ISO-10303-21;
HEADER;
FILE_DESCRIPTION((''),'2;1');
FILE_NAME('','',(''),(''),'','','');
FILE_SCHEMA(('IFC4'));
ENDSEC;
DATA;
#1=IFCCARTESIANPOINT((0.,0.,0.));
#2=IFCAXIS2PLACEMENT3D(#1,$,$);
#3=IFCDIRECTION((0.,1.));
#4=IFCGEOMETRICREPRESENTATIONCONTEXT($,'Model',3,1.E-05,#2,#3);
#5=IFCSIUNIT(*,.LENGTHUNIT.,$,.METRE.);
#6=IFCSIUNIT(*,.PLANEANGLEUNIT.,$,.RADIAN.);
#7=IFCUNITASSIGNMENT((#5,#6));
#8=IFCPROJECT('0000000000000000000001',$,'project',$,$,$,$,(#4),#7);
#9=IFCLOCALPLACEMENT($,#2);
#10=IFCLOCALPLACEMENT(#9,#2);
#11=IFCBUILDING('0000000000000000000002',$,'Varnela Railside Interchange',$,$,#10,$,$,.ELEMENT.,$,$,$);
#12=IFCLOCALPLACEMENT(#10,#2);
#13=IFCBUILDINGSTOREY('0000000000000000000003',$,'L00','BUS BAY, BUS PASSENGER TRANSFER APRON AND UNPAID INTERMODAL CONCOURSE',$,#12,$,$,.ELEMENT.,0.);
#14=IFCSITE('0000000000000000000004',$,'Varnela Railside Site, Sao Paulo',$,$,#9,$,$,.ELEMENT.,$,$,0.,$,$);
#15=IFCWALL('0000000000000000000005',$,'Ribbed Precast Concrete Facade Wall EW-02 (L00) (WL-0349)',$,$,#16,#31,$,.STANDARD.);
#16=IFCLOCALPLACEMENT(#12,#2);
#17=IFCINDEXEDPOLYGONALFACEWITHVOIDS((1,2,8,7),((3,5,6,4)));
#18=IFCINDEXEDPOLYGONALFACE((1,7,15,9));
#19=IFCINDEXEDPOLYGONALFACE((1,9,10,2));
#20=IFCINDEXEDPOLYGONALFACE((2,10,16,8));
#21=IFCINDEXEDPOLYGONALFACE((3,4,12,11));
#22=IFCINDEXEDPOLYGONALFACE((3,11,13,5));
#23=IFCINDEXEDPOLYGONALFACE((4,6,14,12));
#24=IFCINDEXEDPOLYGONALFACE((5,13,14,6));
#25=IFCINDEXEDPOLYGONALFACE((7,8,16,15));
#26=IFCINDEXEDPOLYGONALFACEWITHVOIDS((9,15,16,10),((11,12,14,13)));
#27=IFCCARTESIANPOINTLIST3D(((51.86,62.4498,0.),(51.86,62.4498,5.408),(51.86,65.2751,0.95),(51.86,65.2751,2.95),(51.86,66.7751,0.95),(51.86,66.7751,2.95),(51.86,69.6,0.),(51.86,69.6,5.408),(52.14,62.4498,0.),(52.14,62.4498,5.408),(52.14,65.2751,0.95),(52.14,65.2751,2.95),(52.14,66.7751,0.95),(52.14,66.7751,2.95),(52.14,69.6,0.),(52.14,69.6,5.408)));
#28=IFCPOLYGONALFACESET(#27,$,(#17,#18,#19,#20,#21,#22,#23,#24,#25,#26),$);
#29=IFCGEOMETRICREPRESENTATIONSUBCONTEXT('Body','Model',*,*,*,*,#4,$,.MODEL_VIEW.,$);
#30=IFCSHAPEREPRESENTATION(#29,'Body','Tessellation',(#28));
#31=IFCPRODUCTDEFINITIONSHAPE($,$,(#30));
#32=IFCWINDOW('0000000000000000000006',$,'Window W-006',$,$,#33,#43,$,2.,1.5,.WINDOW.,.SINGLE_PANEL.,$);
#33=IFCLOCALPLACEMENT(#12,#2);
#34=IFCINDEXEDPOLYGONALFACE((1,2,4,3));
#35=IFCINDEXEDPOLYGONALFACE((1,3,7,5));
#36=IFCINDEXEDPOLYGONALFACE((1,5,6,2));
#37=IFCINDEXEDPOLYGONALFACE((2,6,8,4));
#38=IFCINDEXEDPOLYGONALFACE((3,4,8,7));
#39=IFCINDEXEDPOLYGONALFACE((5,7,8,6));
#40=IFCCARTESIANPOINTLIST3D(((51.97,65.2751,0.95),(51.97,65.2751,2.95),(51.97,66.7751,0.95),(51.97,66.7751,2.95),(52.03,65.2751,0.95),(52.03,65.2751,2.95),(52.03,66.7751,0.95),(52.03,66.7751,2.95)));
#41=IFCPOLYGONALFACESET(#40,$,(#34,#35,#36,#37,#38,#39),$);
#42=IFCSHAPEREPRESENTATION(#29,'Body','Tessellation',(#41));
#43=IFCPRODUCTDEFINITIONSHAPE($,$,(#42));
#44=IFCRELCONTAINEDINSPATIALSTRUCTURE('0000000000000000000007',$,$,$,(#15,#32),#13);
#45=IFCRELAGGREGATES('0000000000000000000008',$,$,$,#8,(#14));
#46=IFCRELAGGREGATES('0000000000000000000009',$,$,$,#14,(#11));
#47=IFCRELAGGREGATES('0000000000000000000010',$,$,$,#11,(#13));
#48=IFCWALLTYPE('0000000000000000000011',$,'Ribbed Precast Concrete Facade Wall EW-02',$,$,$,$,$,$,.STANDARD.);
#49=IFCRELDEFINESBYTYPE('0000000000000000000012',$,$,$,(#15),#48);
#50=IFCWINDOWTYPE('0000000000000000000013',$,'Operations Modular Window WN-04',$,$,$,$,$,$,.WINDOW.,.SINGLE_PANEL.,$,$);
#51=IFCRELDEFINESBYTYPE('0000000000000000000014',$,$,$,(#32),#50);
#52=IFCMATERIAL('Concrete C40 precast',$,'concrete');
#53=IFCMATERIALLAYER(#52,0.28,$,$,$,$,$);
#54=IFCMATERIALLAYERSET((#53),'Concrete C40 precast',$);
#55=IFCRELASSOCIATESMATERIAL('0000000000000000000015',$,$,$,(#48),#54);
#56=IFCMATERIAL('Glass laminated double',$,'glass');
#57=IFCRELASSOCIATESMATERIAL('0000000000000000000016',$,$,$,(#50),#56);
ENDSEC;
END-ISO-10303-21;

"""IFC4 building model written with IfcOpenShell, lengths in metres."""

from ifc_helpers import new_model, si_unit, direction, frame, frame_2d, origin, place, context, subcontext, project, spatial, rectangle, extrude, material, layer, layer_set, type_object, element, fill, save


model = new_model("IFC4")

# Units and contexts
model_context = context("Model", 3, precision=1e-05, world=origin(), true_north=direction((0.0, 1.0)))
body_context = subcontext(model_context, "Body", "Model", "MODEL_VIEW")
ifc_project = project(units=[si_unit("LENGTHUNIT", "METRE"), si_unit("PLANEANGLEUNIT", "RADIAN")], contexts=[model_context])

# Site, building, storey
site_placement = place(None, origin())
site = spatial("IfcSite", under=ifc_project, at=site_placement, Name="Varnela Railside Site, Sao Paulo", CompositionType="ELEMENT", RefElevation=0.0)
building_placement = place(site_placement, origin())
building = spatial("IfcBuilding", under=site, at=building_placement, Name="Varnela Railside Interchange", CompositionType="ELEMENT")
storey_placement = place(building_placement, origin())
storey = spatial("IfcBuildingStorey", under=building, at=storey_placement, Name="L00", Description="BUS BAY, BUS PASSENGER TRANSFER APRON AND UNPAID INTERMODAL CONCOURSE", CompositionType="ELEMENT", Elevation=0.0)

# Shared definitions
ifc_material_1 = material(Name="Glass laminated double", Category="glass")

# Wall, opening, window
ifc_material_2 = material(Name="Concrete C40 precast", Category="concrete")
ifc_layer_1 = layer(ifc_material_2, 0.28)
ifc_layer_set_1 = layer_set([ifc_layer_1], Name="Concrete C40 precast")
wall_type = type_object("IfcWallType", Name="Ribbed Precast Concrete Facade Wall EW-02", PredefinedType="STANDARD", material=ifc_layer_set_1)
wall_placement = place(storey_placement, frame((52.0, 69.6001, 0.0), z_axis=(0.0, 0.0, 1.0), x_axis=(0.0, -1.0, 0.0)))
wall = element("IfcWall", 1, at=wall_placement, inside=storey, type_object=wall_type, Name="Ribbed Precast Concrete Facade Wall EW-02 (L00) (WL-0349)", PredefinedType="STANDARD", context=body_context, shape_type="SweptSolid", body=[
    extrude(rectangle(XDim=7.1501, YDim=0.28, at=frame_2d((3.5752, 0.0))), origin(), (0.0, 0.0, 1.0), 5.408),
])
opening_placement = place(wall_placement, frame((2.825, 0.0, 0.95)))
opening = element("IfcOpeningElement", 2, at=opening_placement, cuts=wall, PredefinedType="OPENING", context=body_context, shape_type="SweptSolid", body=[
    extrude(rectangle(XDim=1.5, YDim=2.0, at=frame_2d((0.75, 1.0))), frame((0.0, 0.1499, 0.0), z_axis=(0.0, -1.0, 0.0), x_axis=(1.0, 0.0, 0.0)), (0.0, 0.0, 1.0), 0.3),
])
window_type = type_object("IfcWindowType", Name="Operations Modular Window WN-04", PartitioningType="SINGLE_PANEL", PredefinedType="WINDOW", material=ifc_material_1)
window_placement = place(opening_placement, origin())
window = element("IfcWindow", 3, at=window_placement, inside=storey, type_object=window_type, Name="Window W-006", OverallHeight=2.0, OverallWidth=1.5, PartitioningType="SINGLE_PANEL", PredefinedType="WINDOW", context=body_context, shape_type="SweptSolid", body=[
    extrude(rectangle(XDim=1.5, YDim=2.0, at=frame_2d((0.75, 1.0))), frame((0.0, 0.03, 0.0), z_axis=(0.0, -1.0, 0.0), x_axis=(1.0, 0.0, 0.0)), (0.0, 0.0, 1.0), 0.0601),
])
fill(opening, window)

save(model, "model.ifc")
